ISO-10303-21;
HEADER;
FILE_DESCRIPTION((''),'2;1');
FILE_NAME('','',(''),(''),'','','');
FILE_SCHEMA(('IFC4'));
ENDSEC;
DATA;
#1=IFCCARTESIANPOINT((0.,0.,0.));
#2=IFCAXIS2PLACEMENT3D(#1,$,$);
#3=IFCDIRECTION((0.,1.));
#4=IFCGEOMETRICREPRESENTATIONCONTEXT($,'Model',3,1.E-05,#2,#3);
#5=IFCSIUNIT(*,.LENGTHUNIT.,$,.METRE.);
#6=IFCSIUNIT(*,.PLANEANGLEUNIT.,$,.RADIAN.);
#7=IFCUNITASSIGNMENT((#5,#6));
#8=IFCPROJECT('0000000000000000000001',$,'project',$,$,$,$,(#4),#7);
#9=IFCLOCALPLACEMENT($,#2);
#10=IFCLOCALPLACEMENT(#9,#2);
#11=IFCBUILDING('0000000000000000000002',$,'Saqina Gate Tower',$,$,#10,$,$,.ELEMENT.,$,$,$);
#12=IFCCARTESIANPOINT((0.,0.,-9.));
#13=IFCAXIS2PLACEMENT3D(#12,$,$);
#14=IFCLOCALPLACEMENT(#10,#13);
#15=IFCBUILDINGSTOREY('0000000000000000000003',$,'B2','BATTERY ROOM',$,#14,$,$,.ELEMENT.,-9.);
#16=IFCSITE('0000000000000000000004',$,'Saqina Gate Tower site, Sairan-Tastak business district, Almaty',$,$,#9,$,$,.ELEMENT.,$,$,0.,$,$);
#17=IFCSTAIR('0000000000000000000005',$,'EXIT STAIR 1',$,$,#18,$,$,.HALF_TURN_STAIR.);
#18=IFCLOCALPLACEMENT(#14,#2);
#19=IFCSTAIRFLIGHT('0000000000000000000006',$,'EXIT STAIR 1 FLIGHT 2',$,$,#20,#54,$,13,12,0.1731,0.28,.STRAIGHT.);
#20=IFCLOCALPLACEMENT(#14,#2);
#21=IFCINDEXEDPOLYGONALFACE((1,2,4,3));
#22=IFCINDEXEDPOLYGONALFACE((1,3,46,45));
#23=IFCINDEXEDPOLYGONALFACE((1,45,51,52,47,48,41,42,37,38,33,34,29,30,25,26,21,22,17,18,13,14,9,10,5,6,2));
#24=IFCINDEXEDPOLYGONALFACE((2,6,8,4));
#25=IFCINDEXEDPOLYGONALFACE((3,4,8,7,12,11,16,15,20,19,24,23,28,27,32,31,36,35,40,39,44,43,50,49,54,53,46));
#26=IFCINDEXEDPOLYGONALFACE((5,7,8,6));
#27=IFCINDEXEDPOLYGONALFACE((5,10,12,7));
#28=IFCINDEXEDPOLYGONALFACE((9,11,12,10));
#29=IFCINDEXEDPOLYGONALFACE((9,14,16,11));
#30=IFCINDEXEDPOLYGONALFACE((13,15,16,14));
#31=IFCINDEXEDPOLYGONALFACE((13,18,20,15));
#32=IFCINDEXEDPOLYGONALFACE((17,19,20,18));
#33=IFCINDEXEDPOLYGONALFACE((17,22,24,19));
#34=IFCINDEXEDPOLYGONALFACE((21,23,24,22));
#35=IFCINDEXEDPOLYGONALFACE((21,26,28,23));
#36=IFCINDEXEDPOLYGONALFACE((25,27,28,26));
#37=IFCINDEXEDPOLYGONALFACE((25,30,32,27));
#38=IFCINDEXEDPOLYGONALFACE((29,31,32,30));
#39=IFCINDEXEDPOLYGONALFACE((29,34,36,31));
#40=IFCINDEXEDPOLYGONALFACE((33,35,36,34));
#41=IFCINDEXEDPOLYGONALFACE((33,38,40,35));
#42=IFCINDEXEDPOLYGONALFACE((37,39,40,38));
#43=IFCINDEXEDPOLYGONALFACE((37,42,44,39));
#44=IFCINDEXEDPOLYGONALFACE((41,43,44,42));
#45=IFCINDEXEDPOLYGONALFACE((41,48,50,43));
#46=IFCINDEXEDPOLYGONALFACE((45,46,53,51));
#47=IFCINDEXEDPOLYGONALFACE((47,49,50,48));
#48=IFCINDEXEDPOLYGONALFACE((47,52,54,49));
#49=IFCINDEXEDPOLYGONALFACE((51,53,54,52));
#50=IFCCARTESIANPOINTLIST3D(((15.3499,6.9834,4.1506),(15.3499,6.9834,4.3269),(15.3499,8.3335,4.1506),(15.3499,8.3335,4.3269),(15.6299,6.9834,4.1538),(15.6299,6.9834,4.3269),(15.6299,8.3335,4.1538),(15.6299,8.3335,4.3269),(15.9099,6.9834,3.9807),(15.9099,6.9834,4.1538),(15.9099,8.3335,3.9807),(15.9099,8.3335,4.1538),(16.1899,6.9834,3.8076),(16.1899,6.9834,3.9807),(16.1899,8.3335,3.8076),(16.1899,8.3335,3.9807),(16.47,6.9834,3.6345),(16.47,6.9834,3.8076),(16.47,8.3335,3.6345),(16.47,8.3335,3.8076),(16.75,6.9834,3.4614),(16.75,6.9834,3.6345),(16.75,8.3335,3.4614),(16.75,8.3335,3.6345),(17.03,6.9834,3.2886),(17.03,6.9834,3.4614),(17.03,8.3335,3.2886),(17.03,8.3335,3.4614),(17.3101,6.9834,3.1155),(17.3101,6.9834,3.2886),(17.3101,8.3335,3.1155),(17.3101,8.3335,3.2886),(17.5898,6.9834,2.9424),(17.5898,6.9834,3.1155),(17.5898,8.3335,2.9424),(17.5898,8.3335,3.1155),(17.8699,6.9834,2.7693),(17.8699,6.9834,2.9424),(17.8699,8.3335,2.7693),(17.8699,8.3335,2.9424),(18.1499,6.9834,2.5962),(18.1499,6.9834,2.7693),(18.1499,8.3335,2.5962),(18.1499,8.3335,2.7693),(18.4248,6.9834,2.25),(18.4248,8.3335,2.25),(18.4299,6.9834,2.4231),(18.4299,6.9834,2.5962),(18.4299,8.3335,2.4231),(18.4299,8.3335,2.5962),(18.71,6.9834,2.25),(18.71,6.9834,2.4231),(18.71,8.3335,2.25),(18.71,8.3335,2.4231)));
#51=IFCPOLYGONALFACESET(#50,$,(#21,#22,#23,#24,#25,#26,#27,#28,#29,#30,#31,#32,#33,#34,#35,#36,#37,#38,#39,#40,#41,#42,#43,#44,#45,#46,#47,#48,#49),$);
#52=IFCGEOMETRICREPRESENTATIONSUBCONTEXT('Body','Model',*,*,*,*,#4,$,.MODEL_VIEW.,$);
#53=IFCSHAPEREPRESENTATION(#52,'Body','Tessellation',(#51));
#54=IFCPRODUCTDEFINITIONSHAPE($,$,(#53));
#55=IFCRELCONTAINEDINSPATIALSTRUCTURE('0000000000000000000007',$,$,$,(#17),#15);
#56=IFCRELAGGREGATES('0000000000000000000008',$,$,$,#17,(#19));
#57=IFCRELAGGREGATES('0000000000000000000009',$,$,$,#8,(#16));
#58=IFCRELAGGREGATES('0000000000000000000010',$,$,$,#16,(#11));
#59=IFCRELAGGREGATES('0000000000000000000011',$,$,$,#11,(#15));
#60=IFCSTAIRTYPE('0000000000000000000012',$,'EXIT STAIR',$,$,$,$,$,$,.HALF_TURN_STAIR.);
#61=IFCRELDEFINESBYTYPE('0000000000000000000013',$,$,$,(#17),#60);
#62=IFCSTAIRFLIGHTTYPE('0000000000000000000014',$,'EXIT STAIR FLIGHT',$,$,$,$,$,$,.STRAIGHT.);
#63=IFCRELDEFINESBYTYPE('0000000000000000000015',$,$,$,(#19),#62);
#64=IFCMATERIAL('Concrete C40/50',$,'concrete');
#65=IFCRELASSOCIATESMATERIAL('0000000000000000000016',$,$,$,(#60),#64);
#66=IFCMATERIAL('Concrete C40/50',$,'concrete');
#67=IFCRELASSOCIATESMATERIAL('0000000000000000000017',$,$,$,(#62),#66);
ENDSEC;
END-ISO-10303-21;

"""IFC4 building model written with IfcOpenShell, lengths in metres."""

from ifc_helpers import new_model, si_unit, direction, frame, origin, place, context, subcontext, project, spatial, polyline, outline, extrude, material, type_object, element, aggregate, save


model = new_model("IFC4")

# Units and contexts
model_context = context("Model", 3, precision=1e-05, world=origin(), true_north=direction((0.0, 1.0)))
body_context = subcontext(model_context, "Body", "Model", "MODEL_VIEW")
ifc_project = project(units=[si_unit("LENGTHUNIT", "METRE"), si_unit("PLANEANGLEUNIT", "RADIAN")], contexts=[model_context])

# Site, building, storey
site_placement = place(None, origin())
site = spatial("IfcSite", under=ifc_project, at=site_placement, Name="Saqina Gate Tower site, Sairan-Tastak business district, Almaty", CompositionType="ELEMENT", RefElevation=0.0)
building_placement = place(site_placement, origin())
building = spatial("IfcBuilding", under=site, at=building_placement, Name="Saqina Gate Tower", CompositionType="ELEMENT")
storey_placement = place(building_placement, frame((0.0, 0.0, -9.0)))
storey = spatial("IfcBuildingStorey", under=building, at=storey_placement, Name="B2", Description="BATTERY ROOM", CompositionType="ELEMENT", Elevation=-9.0)

# Stair, stair flight
ifc_material_1 = material(Name="Concrete C40/50", Category="concrete")
stair_type = type_object("IfcStairType", Name="EXIT STAIR", PredefinedType="HALF_TURN_STAIR", material=ifc_material_1)
stair_placement = place(storey_placement, origin())
stair = element("IfcStair", 1, at=stair_placement, inside=storey, type_object=stair_type, Name="EXIT STAIR 1", PredefinedType="HALF_TURN_STAIR")
ifc_material_2 = material(Name="Concrete C40/50", Category="concrete")
stair_flight_type = type_object("IfcStairFlightType", Name="EXIT STAIR FLIGHT", PredefinedType="STRAIGHT", material=ifc_material_2)
stair_flight_1_placement = place(storey_placement, frame((18.71, 7.6584, 2.25), z_axis=(0.0, 0.0, 1.0), x_axis=(-1.0, 0.0, 0.0)))
stair_flight_1 = element("IfcStairFlight", 2, at=stair_flight_1_placement, type_object=stair_flight_type, Name="EXIT STAIR 1 FLIGHT 2", NumberOfRisers=13, NumberOfTreads=12, PredefinedType="STRAIGHT", RiserHeight=0.1731, TreadLength=0.28, context=body_context, shape_type="SweptSolid", body=[
    extrude(outline(polyline([(0.0, 0.0), (0.0, 0.1731), (0.28, 0.1731), (0.28, 0.3462), (0.5601, 0.3462), (0.5601, 0.5193), (0.8401, 0.5193), (0.8401, 0.6924), (1.1201, 0.6924), (1.1201, 0.8655), (1.3999, 0.8655), (1.3999, 1.0386), (1.6799, 1.0386), (1.6799, 1.2114), (1.96, 1.2114), (1.96, 1.3845), (2.24, 1.3845), (2.24, 1.5576), (2.52, 1.5576), (2.52, 1.7307), (2.8, 1.7307), (2.8, 1.9038), (3.0801, 1.9038), (3.0801, 2.0769), (3.3601, 2.0769), (3.3601, 2.25), (3.3601, 1.9006), (0.2852, 0.0), (0.0, 0.0)])), frame((0.0, 0.675, 0.0), z_axis=(0.0, -1.0, 0.0), x_axis=(1.0, 0.0, 0.0)), (0.0, 0.0, 1.0), 1.3501),
])
aggregate(stair, [stair_flight_1])

save(model, "model.ifc")
